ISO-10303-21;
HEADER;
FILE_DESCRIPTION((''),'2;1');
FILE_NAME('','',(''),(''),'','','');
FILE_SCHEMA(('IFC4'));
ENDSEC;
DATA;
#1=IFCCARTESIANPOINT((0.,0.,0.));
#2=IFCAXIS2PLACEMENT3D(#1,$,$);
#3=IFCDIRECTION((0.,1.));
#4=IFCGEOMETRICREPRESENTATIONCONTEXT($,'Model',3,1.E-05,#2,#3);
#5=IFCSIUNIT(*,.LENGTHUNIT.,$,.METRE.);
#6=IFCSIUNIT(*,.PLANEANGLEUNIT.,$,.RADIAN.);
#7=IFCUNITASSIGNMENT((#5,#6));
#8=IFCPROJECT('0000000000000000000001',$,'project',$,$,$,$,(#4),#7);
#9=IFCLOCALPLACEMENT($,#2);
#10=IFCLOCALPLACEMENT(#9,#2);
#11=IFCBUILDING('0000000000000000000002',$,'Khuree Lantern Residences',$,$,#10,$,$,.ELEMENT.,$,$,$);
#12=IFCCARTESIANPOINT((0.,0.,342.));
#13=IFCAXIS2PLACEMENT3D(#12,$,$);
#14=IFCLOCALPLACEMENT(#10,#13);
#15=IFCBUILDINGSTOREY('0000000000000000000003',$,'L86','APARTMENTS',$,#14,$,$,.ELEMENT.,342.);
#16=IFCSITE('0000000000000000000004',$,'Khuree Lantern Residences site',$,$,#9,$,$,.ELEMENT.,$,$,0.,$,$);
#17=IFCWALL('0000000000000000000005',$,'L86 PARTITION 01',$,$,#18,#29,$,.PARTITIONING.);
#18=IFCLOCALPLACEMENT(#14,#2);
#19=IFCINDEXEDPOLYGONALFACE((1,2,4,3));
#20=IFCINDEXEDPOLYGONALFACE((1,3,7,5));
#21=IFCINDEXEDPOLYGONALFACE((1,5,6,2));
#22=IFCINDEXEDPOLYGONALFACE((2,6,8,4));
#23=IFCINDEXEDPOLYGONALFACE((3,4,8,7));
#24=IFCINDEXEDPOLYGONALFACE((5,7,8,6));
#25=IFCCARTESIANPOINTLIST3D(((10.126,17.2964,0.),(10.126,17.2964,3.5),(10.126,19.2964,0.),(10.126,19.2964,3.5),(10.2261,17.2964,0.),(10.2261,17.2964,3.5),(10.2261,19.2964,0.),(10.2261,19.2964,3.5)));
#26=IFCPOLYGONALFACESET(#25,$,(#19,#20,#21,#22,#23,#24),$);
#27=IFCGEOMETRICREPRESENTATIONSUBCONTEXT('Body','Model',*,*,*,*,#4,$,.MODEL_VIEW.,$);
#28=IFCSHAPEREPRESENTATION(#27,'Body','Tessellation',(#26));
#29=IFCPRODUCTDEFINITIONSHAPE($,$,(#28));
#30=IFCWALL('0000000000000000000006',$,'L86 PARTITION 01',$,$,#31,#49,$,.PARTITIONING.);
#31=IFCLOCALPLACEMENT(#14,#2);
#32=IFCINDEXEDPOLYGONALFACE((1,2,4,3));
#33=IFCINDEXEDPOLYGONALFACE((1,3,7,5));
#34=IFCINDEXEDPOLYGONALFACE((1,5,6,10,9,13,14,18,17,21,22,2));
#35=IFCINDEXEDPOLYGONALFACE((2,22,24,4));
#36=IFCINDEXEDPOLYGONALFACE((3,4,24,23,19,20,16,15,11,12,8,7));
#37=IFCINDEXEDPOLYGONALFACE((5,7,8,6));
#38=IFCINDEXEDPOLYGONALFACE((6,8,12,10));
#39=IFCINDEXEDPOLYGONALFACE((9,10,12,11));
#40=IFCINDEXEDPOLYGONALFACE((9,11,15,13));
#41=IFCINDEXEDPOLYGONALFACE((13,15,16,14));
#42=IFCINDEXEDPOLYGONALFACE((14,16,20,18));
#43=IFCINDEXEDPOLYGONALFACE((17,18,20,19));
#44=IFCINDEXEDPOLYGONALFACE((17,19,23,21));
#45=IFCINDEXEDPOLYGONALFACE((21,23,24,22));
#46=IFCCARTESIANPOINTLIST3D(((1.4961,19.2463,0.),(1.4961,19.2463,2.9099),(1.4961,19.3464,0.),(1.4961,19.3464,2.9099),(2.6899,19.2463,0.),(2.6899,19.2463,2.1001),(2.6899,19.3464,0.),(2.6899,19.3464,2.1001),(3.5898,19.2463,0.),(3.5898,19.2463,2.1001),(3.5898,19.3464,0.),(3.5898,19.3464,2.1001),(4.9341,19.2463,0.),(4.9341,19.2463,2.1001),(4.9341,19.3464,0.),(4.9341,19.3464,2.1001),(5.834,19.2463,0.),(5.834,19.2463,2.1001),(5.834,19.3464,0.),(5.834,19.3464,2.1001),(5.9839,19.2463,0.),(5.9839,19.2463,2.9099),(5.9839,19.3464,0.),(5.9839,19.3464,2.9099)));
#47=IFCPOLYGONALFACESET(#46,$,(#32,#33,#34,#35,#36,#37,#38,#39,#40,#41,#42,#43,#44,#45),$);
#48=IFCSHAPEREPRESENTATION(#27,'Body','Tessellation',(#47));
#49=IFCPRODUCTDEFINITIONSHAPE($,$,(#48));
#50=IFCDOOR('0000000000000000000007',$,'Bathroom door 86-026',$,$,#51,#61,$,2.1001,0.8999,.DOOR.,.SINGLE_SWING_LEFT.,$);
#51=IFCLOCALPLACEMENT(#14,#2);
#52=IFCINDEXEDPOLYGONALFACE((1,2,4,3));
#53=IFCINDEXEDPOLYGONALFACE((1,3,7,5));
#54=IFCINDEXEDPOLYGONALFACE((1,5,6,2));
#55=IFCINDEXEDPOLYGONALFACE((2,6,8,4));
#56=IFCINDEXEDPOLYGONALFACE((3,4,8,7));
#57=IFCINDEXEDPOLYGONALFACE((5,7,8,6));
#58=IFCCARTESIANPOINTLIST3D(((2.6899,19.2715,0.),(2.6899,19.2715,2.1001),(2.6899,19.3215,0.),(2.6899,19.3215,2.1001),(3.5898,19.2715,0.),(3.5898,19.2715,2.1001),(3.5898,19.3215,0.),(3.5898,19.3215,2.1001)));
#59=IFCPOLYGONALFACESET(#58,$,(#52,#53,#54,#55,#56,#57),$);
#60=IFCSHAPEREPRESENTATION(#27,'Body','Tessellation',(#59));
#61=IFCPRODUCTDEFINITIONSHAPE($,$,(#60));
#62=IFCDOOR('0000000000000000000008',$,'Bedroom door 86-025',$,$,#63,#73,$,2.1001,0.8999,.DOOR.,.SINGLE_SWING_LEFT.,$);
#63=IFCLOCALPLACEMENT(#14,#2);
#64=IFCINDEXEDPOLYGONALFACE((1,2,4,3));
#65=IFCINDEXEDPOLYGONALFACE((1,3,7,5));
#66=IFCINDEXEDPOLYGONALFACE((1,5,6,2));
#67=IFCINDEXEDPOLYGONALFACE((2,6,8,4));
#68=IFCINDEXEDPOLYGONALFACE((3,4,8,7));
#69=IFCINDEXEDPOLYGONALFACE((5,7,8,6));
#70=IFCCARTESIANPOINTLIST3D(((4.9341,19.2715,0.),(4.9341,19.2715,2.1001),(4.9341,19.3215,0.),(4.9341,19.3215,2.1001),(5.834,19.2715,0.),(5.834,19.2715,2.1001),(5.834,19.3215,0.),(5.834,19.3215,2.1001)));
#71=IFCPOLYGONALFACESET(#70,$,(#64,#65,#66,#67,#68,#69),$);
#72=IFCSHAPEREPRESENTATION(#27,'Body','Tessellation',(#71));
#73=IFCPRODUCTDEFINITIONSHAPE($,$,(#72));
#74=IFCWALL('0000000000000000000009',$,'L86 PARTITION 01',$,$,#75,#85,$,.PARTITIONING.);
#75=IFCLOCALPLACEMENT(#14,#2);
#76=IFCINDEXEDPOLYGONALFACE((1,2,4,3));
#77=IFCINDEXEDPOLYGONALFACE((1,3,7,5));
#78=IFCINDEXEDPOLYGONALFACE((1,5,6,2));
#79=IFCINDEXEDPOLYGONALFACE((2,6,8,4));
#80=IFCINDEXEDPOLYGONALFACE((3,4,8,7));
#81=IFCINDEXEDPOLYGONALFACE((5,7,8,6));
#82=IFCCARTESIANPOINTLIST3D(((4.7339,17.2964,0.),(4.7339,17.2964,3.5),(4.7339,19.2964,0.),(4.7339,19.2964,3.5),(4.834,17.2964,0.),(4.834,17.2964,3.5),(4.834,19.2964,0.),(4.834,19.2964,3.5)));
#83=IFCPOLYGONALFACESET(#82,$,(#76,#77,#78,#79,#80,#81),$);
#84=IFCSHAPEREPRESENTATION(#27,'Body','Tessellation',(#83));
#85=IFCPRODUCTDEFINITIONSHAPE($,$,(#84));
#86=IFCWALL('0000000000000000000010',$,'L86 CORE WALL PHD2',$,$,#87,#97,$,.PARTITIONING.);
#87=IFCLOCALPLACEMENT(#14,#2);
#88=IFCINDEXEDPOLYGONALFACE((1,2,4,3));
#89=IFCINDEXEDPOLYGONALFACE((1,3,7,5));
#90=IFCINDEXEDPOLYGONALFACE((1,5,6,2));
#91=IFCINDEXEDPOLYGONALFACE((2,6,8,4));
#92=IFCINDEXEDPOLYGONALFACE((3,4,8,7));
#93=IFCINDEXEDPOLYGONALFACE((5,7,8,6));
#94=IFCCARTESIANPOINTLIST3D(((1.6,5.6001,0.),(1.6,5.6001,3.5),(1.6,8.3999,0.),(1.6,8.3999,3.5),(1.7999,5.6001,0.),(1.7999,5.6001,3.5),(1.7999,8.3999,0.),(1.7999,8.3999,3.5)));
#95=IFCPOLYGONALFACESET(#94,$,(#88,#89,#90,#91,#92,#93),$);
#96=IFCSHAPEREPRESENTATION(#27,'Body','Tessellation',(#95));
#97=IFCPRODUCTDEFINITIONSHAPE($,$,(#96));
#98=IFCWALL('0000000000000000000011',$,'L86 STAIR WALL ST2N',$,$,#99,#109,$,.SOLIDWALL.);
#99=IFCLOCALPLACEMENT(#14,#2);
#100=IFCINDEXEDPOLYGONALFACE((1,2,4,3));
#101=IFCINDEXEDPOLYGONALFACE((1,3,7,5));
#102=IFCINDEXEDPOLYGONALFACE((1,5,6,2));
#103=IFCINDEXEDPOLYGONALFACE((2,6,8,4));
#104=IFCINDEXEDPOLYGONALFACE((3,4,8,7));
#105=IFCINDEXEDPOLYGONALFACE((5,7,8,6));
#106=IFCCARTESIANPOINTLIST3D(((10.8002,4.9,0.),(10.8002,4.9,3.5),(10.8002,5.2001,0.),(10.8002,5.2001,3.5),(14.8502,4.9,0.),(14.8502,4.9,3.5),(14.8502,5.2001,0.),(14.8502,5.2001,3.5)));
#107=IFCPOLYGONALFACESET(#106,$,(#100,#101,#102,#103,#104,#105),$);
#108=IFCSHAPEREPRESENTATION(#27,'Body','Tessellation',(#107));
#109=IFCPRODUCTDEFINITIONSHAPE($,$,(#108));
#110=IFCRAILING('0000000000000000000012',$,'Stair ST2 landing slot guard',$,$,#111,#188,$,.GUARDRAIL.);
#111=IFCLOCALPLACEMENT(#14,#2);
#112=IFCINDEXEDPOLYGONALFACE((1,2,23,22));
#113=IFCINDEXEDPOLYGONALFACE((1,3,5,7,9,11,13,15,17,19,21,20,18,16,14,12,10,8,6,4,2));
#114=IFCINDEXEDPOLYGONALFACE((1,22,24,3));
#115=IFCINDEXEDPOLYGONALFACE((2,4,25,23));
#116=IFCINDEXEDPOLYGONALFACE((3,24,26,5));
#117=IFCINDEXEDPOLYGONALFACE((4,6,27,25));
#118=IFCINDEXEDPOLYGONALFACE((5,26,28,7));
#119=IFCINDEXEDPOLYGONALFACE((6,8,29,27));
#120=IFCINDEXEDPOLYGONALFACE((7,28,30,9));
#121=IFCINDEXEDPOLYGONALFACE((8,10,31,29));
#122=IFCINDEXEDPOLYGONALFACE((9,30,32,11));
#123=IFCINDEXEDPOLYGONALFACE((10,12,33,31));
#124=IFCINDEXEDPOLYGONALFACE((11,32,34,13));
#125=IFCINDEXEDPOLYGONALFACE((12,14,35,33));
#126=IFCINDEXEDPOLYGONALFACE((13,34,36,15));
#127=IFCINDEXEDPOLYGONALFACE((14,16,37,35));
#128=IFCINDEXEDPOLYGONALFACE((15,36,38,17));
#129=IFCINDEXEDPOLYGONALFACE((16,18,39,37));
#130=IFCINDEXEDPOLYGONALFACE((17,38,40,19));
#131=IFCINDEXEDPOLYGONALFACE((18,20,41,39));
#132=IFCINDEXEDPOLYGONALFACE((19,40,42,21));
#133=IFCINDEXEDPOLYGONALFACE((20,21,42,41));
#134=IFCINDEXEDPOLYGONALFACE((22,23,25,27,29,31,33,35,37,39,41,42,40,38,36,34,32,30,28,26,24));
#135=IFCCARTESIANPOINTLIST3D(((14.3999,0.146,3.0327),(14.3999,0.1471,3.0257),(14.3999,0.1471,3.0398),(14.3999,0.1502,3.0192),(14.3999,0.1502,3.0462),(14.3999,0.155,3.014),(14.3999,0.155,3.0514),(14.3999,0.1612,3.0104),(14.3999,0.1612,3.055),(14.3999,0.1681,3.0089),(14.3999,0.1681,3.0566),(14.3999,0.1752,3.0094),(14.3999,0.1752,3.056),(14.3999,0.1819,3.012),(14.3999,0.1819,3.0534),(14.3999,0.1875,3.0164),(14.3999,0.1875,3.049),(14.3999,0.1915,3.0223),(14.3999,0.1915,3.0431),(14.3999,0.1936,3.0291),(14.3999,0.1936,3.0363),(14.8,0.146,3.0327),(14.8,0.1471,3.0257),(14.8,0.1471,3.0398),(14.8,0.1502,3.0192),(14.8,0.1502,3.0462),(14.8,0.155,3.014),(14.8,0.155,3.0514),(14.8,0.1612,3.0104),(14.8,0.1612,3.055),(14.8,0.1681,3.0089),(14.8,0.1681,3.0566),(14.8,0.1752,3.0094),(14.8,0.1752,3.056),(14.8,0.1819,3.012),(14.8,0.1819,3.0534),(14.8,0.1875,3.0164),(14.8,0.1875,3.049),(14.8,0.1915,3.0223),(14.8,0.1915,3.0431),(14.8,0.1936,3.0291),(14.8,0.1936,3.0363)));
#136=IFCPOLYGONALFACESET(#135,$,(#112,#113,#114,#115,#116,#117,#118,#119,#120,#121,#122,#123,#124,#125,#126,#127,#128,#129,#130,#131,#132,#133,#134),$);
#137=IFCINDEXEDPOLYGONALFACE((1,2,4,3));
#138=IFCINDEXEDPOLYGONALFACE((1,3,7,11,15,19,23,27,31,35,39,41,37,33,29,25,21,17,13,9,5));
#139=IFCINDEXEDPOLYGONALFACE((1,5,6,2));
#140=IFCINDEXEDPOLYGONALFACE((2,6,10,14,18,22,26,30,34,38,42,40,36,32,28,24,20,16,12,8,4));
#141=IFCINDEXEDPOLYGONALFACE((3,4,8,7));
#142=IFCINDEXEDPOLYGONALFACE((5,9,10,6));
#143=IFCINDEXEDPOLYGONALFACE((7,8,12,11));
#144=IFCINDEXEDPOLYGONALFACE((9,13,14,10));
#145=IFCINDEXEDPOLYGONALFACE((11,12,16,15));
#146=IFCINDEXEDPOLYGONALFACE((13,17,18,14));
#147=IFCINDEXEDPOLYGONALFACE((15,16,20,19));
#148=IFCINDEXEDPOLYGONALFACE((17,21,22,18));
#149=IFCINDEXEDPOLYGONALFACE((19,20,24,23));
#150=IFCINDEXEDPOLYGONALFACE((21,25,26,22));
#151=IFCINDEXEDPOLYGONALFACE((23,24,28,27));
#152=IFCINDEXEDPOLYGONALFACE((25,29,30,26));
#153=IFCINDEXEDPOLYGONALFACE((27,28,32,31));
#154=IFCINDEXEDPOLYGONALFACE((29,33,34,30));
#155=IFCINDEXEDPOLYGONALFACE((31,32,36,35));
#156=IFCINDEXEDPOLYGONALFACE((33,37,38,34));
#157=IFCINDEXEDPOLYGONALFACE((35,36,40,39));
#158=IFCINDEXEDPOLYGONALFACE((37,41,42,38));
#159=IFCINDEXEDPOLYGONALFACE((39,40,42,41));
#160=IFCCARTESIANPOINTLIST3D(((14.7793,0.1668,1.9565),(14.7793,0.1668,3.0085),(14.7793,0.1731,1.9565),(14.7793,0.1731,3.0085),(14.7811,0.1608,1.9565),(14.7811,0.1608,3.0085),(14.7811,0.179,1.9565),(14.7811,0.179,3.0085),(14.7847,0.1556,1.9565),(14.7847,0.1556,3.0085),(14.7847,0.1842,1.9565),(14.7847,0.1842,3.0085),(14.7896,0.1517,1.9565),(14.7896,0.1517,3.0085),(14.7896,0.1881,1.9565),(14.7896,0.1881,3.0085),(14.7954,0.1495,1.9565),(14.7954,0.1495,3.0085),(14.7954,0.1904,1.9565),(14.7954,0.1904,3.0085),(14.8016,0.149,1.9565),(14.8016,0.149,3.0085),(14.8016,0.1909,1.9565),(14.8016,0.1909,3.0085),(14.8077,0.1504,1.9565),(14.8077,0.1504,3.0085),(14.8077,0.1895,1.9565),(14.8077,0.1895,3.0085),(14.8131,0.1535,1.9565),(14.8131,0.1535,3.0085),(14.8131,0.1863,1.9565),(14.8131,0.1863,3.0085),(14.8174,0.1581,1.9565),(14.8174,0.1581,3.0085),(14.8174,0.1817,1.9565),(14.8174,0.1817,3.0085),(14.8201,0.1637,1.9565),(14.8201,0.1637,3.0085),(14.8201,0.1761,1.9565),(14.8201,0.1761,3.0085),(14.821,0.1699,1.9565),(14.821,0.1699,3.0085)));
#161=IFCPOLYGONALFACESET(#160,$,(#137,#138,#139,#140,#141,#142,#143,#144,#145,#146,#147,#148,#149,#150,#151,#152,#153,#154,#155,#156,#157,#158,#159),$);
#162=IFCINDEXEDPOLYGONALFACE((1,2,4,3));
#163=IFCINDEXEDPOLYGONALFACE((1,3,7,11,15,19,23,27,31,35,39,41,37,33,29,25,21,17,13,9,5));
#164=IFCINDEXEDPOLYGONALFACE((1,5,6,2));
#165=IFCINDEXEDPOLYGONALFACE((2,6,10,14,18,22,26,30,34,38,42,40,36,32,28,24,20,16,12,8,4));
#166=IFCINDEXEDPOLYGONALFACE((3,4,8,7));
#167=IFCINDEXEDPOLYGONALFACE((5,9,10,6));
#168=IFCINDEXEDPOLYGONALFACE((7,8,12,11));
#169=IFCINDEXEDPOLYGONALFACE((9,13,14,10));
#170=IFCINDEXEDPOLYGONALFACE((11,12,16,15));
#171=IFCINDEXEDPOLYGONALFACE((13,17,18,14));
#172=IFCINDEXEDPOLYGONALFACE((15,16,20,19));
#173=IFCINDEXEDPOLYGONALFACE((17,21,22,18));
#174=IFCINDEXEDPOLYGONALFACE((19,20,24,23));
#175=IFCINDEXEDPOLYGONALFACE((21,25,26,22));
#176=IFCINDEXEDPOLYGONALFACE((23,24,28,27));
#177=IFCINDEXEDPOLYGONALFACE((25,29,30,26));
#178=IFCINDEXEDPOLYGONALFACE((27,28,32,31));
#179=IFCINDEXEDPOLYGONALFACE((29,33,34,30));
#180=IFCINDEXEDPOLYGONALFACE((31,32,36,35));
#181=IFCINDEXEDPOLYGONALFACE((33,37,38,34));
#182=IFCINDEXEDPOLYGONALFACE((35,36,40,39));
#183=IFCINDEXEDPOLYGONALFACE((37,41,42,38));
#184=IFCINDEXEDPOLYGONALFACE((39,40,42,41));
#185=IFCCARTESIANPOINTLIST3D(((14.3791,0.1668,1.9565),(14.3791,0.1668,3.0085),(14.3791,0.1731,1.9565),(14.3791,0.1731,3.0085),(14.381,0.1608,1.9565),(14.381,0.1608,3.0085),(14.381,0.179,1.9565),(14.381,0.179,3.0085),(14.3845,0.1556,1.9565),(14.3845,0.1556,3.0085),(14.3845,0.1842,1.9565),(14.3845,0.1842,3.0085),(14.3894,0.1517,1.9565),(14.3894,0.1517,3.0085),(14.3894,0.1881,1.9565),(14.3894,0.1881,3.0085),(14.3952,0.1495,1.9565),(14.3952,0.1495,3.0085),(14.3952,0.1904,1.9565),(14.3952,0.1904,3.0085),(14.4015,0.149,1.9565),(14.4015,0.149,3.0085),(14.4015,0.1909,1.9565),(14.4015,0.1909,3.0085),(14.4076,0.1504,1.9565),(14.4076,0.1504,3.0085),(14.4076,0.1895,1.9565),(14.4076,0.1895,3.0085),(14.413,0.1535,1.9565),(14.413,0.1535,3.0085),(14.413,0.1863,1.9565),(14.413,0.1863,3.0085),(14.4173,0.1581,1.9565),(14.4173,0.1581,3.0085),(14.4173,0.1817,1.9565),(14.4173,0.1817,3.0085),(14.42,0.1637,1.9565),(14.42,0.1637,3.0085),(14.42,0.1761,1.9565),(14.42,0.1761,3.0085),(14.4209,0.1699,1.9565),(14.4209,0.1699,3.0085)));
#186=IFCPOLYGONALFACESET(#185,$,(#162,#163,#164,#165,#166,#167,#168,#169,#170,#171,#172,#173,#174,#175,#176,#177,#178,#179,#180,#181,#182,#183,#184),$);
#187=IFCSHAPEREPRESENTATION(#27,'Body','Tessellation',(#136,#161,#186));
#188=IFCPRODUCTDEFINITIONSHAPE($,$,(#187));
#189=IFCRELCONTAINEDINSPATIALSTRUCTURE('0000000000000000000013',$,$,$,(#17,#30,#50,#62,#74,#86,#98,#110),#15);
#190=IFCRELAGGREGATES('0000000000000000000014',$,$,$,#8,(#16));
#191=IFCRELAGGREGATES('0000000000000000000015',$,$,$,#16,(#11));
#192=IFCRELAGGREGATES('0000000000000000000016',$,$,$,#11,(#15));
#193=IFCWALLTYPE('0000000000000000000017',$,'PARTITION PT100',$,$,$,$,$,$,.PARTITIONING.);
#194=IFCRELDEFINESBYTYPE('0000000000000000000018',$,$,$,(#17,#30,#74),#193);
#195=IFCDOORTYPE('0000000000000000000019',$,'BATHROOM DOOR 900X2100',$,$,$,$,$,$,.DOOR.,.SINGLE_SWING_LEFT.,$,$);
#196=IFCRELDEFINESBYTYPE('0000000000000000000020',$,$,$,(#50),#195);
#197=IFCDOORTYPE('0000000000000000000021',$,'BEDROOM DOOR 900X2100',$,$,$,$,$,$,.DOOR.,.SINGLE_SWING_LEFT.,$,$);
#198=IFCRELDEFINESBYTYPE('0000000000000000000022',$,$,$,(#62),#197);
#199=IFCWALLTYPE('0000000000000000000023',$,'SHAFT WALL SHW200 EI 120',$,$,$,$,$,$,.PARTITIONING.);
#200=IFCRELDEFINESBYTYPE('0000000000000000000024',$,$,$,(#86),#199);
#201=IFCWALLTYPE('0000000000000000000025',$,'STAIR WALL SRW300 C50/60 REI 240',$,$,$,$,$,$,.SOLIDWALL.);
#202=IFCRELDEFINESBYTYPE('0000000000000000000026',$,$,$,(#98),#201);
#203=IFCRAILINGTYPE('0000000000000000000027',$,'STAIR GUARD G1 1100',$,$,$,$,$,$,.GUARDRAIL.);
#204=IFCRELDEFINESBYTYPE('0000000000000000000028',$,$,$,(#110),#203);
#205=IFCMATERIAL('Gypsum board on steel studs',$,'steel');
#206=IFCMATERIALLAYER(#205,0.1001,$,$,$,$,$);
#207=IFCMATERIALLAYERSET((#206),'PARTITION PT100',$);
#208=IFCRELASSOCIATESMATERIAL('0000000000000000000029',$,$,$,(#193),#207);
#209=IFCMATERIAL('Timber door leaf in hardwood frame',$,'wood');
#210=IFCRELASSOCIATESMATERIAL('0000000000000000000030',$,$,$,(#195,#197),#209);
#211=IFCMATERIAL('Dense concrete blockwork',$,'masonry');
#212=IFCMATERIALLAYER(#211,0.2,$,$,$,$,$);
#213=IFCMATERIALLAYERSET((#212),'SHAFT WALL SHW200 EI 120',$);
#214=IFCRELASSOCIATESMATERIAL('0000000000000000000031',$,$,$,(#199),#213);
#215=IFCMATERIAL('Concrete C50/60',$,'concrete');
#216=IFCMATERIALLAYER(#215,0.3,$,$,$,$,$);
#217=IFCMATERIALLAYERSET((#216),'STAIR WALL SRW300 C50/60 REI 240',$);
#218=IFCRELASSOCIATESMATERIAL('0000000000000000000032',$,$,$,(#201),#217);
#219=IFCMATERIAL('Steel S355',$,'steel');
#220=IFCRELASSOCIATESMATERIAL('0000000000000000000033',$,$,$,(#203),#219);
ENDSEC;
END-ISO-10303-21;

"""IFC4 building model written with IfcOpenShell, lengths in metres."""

from ifc_helpers import new_model, si_unit, direction, frame, frame_2d, origin, origin_2d, place, context, subcontext, project, spatial, rectangle, circle, extrude, material, layer, layer_set, type_object, element, fill, save


model = new_model("IFC4")

# Units and contexts
model_context = context("Model", 3, precision=1e-05, world=origin(), true_north=direction((0.0, 1.0)))
body_context = subcontext(model_context, "Body", "Model", "MODEL_VIEW")
ifc_project = project(units=[si_unit("LENGTHUNIT", "METRE"), si_unit("PLANEANGLEUNIT", "RADIAN")], contexts=[model_context])

# Site, building, storey
site_placement = place(None, origin())
site = spatial("IfcSite", under=ifc_project, at=site_placement, Name="Khuree Lantern Residences site", CompositionType="ELEMENT", RefElevation=0.0)
building_placement = place(site_placement, origin())
building = spatial("IfcBuilding", under=site, at=building_placement, Name="Khuree Lantern Residences", CompositionType="ELEMENT")
storey_placement = place(building_placement, frame((0.0, 0.0, 342.0)))
storey = spatial("IfcBuildingStorey", under=building, at=storey_placement, Name="L86", Description="APARTMENTS", CompositionType="ELEMENT", Elevation=342.0)

# Shared definitions
ifc_material_1 = material(Name="Concrete C50/60", Category="concrete")

# Wall
ifc_material_2 = material(Name="Dense concrete blockwork", Category="masonry")
ifc_material_3 = material(Name="Gypsum board on steel studs", Category="steel")
ifc_layer_1 = layer(ifc_material_3, 0.1001)
ifc_layer_set_1 = layer_set([ifc_layer_1], Name="PARTITION PT100")
wall_type_1 = type_object("IfcWallType", Name="PARTITION PT100", PredefinedType="PARTITIONING", material=ifc_layer_set_1)
wall_1_placement = place(storey_placement, frame((10.176, 17.2964, 0.0), z_axis=(0.0, 0.0, 1.0), x_axis=(0.0, 1.0, 0.0)))
element("IfcWall", 1, at=wall_1_placement, inside=storey, type_object=wall_type_1, Name="L86 PARTITION 01", PredefinedType="PARTITIONING", context=body_context, shape_type="SweptSolid", body=[
    extrude(rectangle(XDim=2.0, YDim=0.1001, at=frame_2d((1.0, 0.0))), origin(), (0.0, 0.0, 1.0), 3.5),
])

# Wall, openings, doors
wall_2_placement = place(storey_placement, frame((5.9839, 19.2964, 0.0), z_axis=(0.0, 0.0, 1.0), x_axis=(-1.0, 0.0, 0.0)))
wall_2 = element("IfcWall", 2, at=wall_2_placement, inside=storey, type_object=wall_type_1, Name="L86 PARTITION 01", PredefinedType="PARTITIONING", context=body_context, shape_type="SweptSolid", body=[
    extrude(rectangle(XDim=4.4878, YDim=0.1001, at=frame_2d((2.2439, 0.0))), origin(), (0.0, 0.0, 1.0), 2.9099),
])
opening_1_placement = place(wall_2_placement, frame((0.1499, 0.0, 0.0)))
opening_1 = element("IfcOpeningElement", 3, at=opening_1_placement, cuts=wall_2, PredefinedType="OPENING", context=body_context, shape_type="SweptSolid", body=[
    extrude(rectangle(XDim=0.8999, YDim=2.1001, at=frame_2d((0.45, 1.05))), frame((0.0, 0.0601, 0.0), z_axis=(0.0, -1.0, 0.0), x_axis=(1.0, 0.0, 0.0)), (0.0, 0.0, 1.0), 0.1201),
])
opening_2_placement = place(wall_2_placement, frame((2.394, 0.0, 0.0)))
opening_2 = element("IfcOpeningElement", 4, at=opening_2_placement, cuts=wall_2, PredefinedType="OPENING", context=body_context, shape_type="SweptSolid", body=[
    extrude(rectangle(XDim=0.8999, YDim=2.1001, at=frame_2d((0.45, 1.05))), frame((0.0, 0.0601, 0.0), z_axis=(0.0, -1.0, 0.0), x_axis=(1.0, 0.0, 0.0)), (0.0, 0.0, 1.0), 0.1201),
])
ifc_material_4 = material(Name="Timber door leaf in hardwood frame", Category="wood")
door_type_1 = type_object("IfcDoorType", Name="BATHROOM DOOR 900X2100", OperationType="SINGLE_SWING_LEFT", PredefinedType="DOOR", material=ifc_material_4)
door_1_placement = place(opening_2_placement, origin())
door_1 = element("IfcDoor", 5, at=door_1_placement, inside=storey, type_object=door_type_1, Name="Bathroom door 86-026", OperationType="SINGLE_SWING_LEFT", OverallHeight=2.1001, OverallWidth=0.8999, PredefinedType="DOOR", context=body_context, shape_type="SweptSolid", body=[
    extrude(rectangle(XDim=0.8999, YDim=2.1001, at=frame_2d((0.45, 1.05))), frame((0.0, 0.0249, 0.0), z_axis=(0.0, -1.0, 0.0), x_axis=(1.0, 0.0, 0.0)), (0.0, 0.0, 1.0), 0.05),
])
fill(opening_2, door_1)
door_type_2 = type_object("IfcDoorType", Name="BEDROOM DOOR 900X2100", OperationType="SINGLE_SWING_LEFT", PredefinedType="DOOR", material=ifc_material_4)
door_2_placement = place(opening_1_placement, origin())
door_2 = element("IfcDoor", 6, at=door_2_placement, inside=storey, type_object=door_type_2, Name="Bedroom door 86-025", OperationType="SINGLE_SWING_LEFT", OverallHeight=2.1001, OverallWidth=0.8999, PredefinedType="DOOR", context=body_context, shape_type="SweptSolid", body=[
    extrude(rectangle(XDim=0.8999, YDim=2.1001, at=frame_2d((0.45, 1.05))), frame((0.0, 0.0249, 0.0), z_axis=(0.0, -1.0, 0.0), x_axis=(1.0, 0.0, 0.0)), (0.0, 0.0, 1.0), 0.05),
])
fill(opening_1, door_2)

# Walls
wall_3_placement = place(storey_placement, frame((4.7839, 17.2964, 0.0), z_axis=(0.0, 0.0, 1.0), x_axis=(0.0, 1.0, 0.0)))
element("IfcWall", 7, at=wall_3_placement, inside=storey, type_object=wall_type_1, Name="L86 PARTITION 01", PredefinedType="PARTITIONING", context=body_context, shape_type="SweptSolid", body=[
    extrude(rectangle(XDim=2.0, YDim=0.1001, at=frame_2d((1.0, 0.0))), origin(), (0.0, 0.0, 1.0), 3.5),
])
ifc_layer_2 = layer(ifc_material_2, 0.2)
ifc_layer_set_2 = layer_set([ifc_layer_2], Name="SHAFT WALL SHW200 EI 120")
wall_type_2 = type_object("IfcWallType", Name="SHAFT WALL SHW200 EI 120", PredefinedType="PARTITIONING", material=ifc_layer_set_2)
wall_4_placement = place(storey_placement, frame((1.7, 5.6001, 0.0), z_axis=(0.0, 0.0, 1.0), x_axis=(0.0, 1.0, 0.0)))
element("IfcWall", 8, at=wall_4_placement, inside=storey, type_object=wall_type_2, Name="L86 CORE WALL PHD2", PredefinedType="PARTITIONING", context=body_context, shape_type="SweptSolid", body=[
    extrude(rectangle(XDim=2.7998, YDim=0.2, at=frame_2d((1.3999, 0.0))), origin(), (0.0, 0.0, 1.0), 3.5),
])
ifc_layer_3 = layer(ifc_material_1, 0.3)
ifc_layer_set_3 = layer_set([ifc_layer_3], Name="STAIR WALL SRW300 C50/60 REI 240")
wall_type_3 = type_object("IfcWallType", Name="STAIR WALL SRW300 C50/60 REI 240", PredefinedType="SOLIDWALL", material=ifc_layer_set_3)
wall_5_placement = place(storey_placement, frame((14.8501, 5.05, 0.0), z_axis=(0.0, 0.0, 1.0), x_axis=(-1.0, 0.0, 0.0)))
element("IfcWall", 9, at=wall_5_placement, inside=storey, type_object=wall_type_3, Name="L86 STAIR WALL ST2N", PredefinedType="SOLIDWALL", context=body_context, shape_type="SweptSolid", body=[
    extrude(rectangle(XDim=4.05, YDim=0.3, at=frame_2d((2.0249, 0.0))), origin(), (0.0, 0.0, 1.0), 3.5),
])

# Railing
ifc_material_5 = material(Name="Steel S355", Category="steel")
railing_type = type_object("IfcRailingType", Name="STAIR GUARD G1 1100", PredefinedType="GUARDRAIL", material=ifc_material_5)
railing_placement = place(storey_placement, frame((14.8, 0.1699, 1.9565)))
element("IfcRailing", 10, at=railing_placement, inside=storey, type_object=railing_type, Name="Stair ST2 landing slot guard", PredefinedType="GUARDRAIL", context=body_context, shape_type="SweptSolid", body=[
    extrude(circle(Radius=0.0239, at=origin_2d()), frame((0.0, 0.0, 1.0762), z_axis=(-1.0, 0.0, 0.0), x_axis=(0.0, -1.0, 0.0)), (0.0, 0.0, 1.0), 0.4001),
    extrude(circle(Radius=0.021, at=origin_2d()), origin(), (0.0, 0.0, 1.0), 1.052),
    extrude(circle(Radius=0.021, at=origin_2d()), frame((-0.4001, 0.0, 0.0)), (0.0, 0.0, 1.0), 1.052),
])

save(model, "model.ifc")
